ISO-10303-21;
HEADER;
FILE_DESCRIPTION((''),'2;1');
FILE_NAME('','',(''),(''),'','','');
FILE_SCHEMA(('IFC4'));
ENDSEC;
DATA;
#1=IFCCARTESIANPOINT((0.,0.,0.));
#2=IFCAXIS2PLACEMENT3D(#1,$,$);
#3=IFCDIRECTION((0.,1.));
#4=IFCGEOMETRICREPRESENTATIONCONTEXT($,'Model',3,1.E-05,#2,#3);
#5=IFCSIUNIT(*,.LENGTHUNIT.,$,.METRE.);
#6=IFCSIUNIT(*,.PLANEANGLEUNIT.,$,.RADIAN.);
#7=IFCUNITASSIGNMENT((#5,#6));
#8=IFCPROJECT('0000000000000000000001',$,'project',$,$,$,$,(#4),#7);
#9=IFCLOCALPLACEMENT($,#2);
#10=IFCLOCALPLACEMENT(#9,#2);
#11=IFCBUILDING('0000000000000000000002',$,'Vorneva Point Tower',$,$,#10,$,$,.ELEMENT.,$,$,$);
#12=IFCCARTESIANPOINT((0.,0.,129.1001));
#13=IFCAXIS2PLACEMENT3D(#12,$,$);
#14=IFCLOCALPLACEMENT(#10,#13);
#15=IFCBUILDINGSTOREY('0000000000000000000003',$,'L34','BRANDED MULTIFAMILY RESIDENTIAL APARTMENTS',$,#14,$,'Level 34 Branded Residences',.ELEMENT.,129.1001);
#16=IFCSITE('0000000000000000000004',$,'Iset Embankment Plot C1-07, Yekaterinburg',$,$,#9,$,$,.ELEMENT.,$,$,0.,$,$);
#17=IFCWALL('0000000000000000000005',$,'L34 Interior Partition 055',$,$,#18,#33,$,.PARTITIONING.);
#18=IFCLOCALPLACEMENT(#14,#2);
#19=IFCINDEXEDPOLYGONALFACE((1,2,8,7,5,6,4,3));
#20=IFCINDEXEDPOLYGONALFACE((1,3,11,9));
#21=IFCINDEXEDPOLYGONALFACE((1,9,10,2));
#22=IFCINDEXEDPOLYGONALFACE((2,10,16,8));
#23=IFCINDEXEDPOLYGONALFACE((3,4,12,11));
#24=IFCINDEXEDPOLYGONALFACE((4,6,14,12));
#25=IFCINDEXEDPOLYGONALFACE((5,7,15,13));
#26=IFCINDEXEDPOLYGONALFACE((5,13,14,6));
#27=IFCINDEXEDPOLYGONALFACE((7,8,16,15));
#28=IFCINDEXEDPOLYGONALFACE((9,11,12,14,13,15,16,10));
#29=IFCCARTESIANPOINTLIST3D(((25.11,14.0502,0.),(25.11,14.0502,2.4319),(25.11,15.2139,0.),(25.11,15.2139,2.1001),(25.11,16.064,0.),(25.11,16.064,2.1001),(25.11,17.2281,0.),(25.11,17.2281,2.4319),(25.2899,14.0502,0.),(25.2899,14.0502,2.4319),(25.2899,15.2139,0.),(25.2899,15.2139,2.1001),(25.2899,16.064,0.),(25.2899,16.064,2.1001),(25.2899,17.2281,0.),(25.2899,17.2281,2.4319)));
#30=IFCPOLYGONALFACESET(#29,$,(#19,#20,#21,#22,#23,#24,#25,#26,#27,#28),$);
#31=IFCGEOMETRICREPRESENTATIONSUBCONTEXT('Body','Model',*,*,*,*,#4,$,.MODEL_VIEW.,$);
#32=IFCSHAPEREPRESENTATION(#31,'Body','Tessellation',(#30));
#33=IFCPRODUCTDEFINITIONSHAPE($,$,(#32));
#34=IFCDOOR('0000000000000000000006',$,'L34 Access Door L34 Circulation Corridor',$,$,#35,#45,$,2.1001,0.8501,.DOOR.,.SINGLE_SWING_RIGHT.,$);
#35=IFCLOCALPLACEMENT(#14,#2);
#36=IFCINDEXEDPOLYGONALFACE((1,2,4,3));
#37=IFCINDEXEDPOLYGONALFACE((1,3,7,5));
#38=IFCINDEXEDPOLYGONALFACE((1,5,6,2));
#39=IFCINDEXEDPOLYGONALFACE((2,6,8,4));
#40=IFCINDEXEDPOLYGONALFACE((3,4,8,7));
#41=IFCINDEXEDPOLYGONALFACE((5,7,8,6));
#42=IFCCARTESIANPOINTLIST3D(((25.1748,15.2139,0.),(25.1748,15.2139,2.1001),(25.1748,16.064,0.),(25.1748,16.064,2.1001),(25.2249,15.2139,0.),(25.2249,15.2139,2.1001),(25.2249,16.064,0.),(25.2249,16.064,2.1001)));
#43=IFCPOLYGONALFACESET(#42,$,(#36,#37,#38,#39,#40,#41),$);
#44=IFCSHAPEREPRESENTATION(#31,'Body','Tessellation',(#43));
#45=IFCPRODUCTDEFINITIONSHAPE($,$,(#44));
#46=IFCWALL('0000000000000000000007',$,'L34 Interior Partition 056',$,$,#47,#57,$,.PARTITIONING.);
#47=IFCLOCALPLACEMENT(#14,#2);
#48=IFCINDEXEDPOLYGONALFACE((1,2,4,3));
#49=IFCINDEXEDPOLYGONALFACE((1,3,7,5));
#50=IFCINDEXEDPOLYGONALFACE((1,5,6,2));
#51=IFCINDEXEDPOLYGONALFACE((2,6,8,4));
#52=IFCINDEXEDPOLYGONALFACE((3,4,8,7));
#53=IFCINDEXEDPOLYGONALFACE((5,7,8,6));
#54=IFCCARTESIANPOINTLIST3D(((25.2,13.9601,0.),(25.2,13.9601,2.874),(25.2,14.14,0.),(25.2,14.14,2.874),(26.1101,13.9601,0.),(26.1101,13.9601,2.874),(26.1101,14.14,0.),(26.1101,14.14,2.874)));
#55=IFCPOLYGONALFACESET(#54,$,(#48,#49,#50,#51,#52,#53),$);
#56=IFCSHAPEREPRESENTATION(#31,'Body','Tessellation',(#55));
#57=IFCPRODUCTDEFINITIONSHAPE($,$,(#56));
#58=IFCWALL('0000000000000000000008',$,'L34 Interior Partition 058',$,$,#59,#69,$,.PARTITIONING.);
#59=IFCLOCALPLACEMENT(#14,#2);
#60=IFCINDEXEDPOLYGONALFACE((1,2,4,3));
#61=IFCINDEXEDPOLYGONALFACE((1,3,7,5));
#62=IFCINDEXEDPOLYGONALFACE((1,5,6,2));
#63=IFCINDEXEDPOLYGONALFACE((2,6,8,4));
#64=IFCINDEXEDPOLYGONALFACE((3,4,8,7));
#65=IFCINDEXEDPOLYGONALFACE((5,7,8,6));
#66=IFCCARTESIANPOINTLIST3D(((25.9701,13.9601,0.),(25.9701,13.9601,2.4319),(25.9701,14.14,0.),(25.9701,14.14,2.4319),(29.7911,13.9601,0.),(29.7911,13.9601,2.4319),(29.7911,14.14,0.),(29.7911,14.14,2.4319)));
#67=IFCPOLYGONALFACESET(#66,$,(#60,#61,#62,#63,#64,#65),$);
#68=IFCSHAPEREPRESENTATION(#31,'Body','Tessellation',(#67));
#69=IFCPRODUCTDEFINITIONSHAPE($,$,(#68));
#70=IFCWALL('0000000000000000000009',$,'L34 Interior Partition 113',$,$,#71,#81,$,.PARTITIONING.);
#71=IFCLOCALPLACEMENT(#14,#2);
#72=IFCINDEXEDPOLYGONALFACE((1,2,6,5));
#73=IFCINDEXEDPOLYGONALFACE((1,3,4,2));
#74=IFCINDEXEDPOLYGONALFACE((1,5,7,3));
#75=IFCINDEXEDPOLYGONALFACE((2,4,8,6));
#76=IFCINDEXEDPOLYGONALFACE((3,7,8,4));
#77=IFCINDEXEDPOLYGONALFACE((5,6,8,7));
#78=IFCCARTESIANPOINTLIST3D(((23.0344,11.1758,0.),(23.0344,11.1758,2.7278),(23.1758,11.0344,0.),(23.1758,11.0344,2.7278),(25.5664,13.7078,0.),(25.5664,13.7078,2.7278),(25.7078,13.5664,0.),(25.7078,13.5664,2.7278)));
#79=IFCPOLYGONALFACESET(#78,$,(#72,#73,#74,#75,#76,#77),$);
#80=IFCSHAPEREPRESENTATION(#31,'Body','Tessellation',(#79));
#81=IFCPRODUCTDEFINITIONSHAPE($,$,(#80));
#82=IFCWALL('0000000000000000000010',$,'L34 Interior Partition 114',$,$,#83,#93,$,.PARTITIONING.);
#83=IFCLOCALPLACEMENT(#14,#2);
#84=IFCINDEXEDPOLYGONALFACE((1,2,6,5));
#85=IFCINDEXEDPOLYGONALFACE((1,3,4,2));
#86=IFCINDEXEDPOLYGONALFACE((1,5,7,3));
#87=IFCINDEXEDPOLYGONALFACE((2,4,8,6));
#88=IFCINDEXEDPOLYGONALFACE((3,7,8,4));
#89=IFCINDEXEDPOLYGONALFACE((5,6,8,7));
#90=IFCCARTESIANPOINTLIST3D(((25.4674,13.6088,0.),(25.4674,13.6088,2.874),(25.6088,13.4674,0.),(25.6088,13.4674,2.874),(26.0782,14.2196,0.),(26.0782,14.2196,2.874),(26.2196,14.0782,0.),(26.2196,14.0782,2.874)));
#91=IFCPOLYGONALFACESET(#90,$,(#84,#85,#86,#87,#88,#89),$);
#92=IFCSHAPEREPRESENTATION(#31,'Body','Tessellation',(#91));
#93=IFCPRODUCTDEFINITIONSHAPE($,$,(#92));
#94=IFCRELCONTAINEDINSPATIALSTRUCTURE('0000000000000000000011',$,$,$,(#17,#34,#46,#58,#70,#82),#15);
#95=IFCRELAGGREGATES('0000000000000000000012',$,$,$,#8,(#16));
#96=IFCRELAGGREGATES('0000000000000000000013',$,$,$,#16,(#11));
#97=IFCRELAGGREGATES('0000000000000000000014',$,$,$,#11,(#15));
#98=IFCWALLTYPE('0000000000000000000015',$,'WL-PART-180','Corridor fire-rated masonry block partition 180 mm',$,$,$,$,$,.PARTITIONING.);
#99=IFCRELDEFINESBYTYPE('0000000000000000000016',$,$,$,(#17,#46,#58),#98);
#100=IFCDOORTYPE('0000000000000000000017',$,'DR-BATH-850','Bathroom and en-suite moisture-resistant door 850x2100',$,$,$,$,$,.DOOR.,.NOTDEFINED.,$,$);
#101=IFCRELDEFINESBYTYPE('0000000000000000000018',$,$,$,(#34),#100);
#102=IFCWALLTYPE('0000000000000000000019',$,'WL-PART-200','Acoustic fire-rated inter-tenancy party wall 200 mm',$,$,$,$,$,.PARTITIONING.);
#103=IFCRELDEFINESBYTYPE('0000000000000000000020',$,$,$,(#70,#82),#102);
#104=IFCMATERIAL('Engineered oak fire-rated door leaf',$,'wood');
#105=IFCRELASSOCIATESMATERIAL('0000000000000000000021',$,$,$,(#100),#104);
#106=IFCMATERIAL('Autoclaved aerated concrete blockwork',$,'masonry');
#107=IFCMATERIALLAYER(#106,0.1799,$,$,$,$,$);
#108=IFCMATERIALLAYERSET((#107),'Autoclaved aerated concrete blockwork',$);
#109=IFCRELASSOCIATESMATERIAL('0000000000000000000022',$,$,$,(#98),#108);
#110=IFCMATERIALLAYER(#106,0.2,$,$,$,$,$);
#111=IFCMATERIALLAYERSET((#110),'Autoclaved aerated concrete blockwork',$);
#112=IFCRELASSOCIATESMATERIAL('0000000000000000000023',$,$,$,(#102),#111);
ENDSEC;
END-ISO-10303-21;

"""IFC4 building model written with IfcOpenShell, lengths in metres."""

from ifc_helpers import new_model, si_unit, direction, frame, frame_2d, origin, place, context, subcontext, project, spatial, rectangle, extrude, material, layer, layer_set, type_object, element, fill, save


model = new_model("IFC4")

# Units and contexts
model_context = context("Model", 3, precision=1e-05, world=origin(), true_north=direction((0.0, 1.0)))
body_context = subcontext(model_context, "Body", "Model", "MODEL_VIEW")
ifc_project = project(units=[si_unit("LENGTHUNIT", "METRE"), si_unit("PLANEANGLEUNIT", "RADIAN")], contexts=[model_context])

# Site, building, storey
site_placement = place(None, origin())
site = spatial("IfcSite", under=ifc_project, at=site_placement, Name="Iset Embankment Plot C1-07, Yekaterinburg", CompositionType="ELEMENT", RefElevation=0.0)
building_placement = place(site_placement, origin())
building = spatial("IfcBuilding", under=site, at=building_placement, Name="Vorneva Point Tower", CompositionType="ELEMENT")
storey_placement = place(building_placement, frame((0.0, 0.0, 129.1001)))
storey = spatial("IfcBuildingStorey", under=building, at=storey_placement, Name="L34", Description="BRANDED MULTIFAMILY RESIDENTIAL APARTMENTS", LongName="Level 34 Branded Residences", CompositionType="ELEMENT", Elevation=129.1001)

# Shared definitions
ifc_material_1 = material(Name="Engineered oak fire-rated door leaf", Category="wood")
door_type = type_object("IfcDoorType", Name="DR-BATH-850", Description="Bathroom and en-suite moisture-resistant door 850x2100", OperationType="NOTDEFINED", PredefinedType="DOOR", material=ifc_material_1)

# Shared definitions
ifc_material_2 = material(Name="Autoclaved aerated concrete blockwork", Category="masonry")
ifc_layer_1 = layer(ifc_material_2, 0.1799)
ifc_layer_set_1 = layer_set([ifc_layer_1], Name="Autoclaved aerated concrete blockwork")
wall_type_1 = type_object("IfcWallType", Name="WL-PART-180", Description="Corridor fire-rated masonry block partition 180 mm", PredefinedType="PARTITIONING", material=ifc_layer_set_1)

# Wall, opening, door
wall_1_placement = place(storey_placement, frame((25.2, 17.228, 0.0), z_axis=(0.0, 0.0, 1.0), x_axis=(0.0, -1.0, 0.0)))
wall_1 = element("IfcWall", 1, at=wall_1_placement, inside=storey, type_object=wall_type_1, Name="L34 Interior Partition 055", PredefinedType="PARTITIONING", context=body_context, shape_type="SweptSolid", body=[
    extrude(rectangle(XDim=3.178, YDim=0.1799, at=frame_2d((1.5889, 0.0))), origin(), (0.0, 0.0, 1.0), 2.4319),
])
opening_1_placement = place(wall_1_placement, frame((1.1641, 0.0, 0.0)))
opening_1 = element("IfcOpeningElement", 2, at=opening_1_placement, cuts=wall_1, PredefinedType="OPENING", context=body_context, shape_type="SweptSolid", body=[
    extrude(rectangle(XDim=0.8501, YDim=2.1001, at=frame_2d((0.425, 1.05))), frame((0.0, 0.105, 0.0), z_axis=(0.0, -1.0, 0.0), x_axis=(1.0, 0.0, 0.0)), (0.0, 0.0, 1.0), 0.2097),
])
door_1_placement = place(opening_1_placement, origin())
door_1 = element("IfcDoor", 3, at=door_1_placement, inside=storey, type_object=door_type, Name="L34 Access Door L34 Circulation Corridor", OperationType="SINGLE_SWING_RIGHT", OverallHeight=2.1001, OverallWidth=0.8501, PredefinedType="DOOR", context=body_context, shape_type="SweptSolid", body=[
    extrude(rectangle(XDim=0.8501, YDim=2.1001, at=frame_2d((0.425, 1.05))), frame((0.0, 0.0249, 0.0), z_axis=(0.0, -1.0, 0.0), x_axis=(1.0, 0.0, 0.0)), (0.0, 0.0, 1.0), 0.05),
])
fill(opening_1, door_1)

# Walls
wall_2_placement = place(storey_placement, frame((25.2, 14.05, 0.0), z_axis=(0.0, 0.0, 1.0), x_axis=(1.0, 0.0, 0.0)))
element("IfcWall", 4, at=wall_2_placement, inside=storey, type_object=wall_type_1, Name="L34 Interior Partition 056", PredefinedType="PARTITIONING", context=body_context, shape_type="SweptSolid", body=[
    extrude(rectangle(XDim=0.9102, YDim=0.1799, at=frame_2d((0.4551, 0.0))), origin(), (0.0, 0.0, 1.0), 2.874),
])
wall_3_placement = place(storey_placement, frame((25.97, 14.05, 0.0), z_axis=(0.0, 0.0, 1.0), x_axis=(1.0, 0.0, 0.0)))
element("IfcWall", 5, at=wall_3_placement, inside=storey, type_object=wall_type_1, Name="L34 Interior Partition 058", PredefinedType="PARTITIONING", context=body_context, shape_type="SweptSolid", body=[
    extrude(rectangle(XDim=3.821, YDim=0.1799, at=frame_2d((1.9106, 0.0))), origin(), (0.0, 0.0, 1.0), 2.4319),
])
ifc_layer_2 = layer(ifc_material_2, 0.2)
ifc_layer_set_2 = layer_set([ifc_layer_2], Name="Autoclaved aerated concrete blockwork")
wall_type_2 = type_object("IfcWallType", Name="WL-PART-200", Description="Acoustic fire-rated inter-tenancy party wall 200 mm", PredefinedType="PARTITIONING", material=ifc_layer_set_2)
wall_4_placement = place(storey_placement, frame((23.105, 11.105, 0.0), z_axis=(0.0, 0.0, 1.0), x_axis=(0.707107, 0.707107, 0.0)))
element("IfcWall", 6, at=wall_4_placement, inside=storey, type_object=wall_type_2, Name="L34 Interior Partition 113", PredefinedType="PARTITIONING", context=body_context, shape_type="SweptSolid", body=[
    extrude(rectangle(XDim=3.5808, YDim=0.2, at=frame_2d((1.7905, 0.0))), origin(), (0.0, 0.0, 1.0), 2.7278),
])
wall_5_placement = place(storey_placement, frame((25.5381, 13.5381, 0.0), z_axis=(0.0, 0.0, 1.0), x_axis=(0.707107, 0.707107, 0.0)))
element("IfcWall", 7, at=wall_5_placement, inside=storey, type_object=wall_type_2, Name="L34 Interior Partition 114", PredefinedType="PARTITIONING", context=body_context, shape_type="SweptSolid", body=[
    extrude(rectangle(XDim=0.8638, YDim=0.2, at=frame_2d((0.4319, 0.0))), origin(), (0.0, 0.0, 1.0), 2.874),
])

save(model, "model.ifc")
